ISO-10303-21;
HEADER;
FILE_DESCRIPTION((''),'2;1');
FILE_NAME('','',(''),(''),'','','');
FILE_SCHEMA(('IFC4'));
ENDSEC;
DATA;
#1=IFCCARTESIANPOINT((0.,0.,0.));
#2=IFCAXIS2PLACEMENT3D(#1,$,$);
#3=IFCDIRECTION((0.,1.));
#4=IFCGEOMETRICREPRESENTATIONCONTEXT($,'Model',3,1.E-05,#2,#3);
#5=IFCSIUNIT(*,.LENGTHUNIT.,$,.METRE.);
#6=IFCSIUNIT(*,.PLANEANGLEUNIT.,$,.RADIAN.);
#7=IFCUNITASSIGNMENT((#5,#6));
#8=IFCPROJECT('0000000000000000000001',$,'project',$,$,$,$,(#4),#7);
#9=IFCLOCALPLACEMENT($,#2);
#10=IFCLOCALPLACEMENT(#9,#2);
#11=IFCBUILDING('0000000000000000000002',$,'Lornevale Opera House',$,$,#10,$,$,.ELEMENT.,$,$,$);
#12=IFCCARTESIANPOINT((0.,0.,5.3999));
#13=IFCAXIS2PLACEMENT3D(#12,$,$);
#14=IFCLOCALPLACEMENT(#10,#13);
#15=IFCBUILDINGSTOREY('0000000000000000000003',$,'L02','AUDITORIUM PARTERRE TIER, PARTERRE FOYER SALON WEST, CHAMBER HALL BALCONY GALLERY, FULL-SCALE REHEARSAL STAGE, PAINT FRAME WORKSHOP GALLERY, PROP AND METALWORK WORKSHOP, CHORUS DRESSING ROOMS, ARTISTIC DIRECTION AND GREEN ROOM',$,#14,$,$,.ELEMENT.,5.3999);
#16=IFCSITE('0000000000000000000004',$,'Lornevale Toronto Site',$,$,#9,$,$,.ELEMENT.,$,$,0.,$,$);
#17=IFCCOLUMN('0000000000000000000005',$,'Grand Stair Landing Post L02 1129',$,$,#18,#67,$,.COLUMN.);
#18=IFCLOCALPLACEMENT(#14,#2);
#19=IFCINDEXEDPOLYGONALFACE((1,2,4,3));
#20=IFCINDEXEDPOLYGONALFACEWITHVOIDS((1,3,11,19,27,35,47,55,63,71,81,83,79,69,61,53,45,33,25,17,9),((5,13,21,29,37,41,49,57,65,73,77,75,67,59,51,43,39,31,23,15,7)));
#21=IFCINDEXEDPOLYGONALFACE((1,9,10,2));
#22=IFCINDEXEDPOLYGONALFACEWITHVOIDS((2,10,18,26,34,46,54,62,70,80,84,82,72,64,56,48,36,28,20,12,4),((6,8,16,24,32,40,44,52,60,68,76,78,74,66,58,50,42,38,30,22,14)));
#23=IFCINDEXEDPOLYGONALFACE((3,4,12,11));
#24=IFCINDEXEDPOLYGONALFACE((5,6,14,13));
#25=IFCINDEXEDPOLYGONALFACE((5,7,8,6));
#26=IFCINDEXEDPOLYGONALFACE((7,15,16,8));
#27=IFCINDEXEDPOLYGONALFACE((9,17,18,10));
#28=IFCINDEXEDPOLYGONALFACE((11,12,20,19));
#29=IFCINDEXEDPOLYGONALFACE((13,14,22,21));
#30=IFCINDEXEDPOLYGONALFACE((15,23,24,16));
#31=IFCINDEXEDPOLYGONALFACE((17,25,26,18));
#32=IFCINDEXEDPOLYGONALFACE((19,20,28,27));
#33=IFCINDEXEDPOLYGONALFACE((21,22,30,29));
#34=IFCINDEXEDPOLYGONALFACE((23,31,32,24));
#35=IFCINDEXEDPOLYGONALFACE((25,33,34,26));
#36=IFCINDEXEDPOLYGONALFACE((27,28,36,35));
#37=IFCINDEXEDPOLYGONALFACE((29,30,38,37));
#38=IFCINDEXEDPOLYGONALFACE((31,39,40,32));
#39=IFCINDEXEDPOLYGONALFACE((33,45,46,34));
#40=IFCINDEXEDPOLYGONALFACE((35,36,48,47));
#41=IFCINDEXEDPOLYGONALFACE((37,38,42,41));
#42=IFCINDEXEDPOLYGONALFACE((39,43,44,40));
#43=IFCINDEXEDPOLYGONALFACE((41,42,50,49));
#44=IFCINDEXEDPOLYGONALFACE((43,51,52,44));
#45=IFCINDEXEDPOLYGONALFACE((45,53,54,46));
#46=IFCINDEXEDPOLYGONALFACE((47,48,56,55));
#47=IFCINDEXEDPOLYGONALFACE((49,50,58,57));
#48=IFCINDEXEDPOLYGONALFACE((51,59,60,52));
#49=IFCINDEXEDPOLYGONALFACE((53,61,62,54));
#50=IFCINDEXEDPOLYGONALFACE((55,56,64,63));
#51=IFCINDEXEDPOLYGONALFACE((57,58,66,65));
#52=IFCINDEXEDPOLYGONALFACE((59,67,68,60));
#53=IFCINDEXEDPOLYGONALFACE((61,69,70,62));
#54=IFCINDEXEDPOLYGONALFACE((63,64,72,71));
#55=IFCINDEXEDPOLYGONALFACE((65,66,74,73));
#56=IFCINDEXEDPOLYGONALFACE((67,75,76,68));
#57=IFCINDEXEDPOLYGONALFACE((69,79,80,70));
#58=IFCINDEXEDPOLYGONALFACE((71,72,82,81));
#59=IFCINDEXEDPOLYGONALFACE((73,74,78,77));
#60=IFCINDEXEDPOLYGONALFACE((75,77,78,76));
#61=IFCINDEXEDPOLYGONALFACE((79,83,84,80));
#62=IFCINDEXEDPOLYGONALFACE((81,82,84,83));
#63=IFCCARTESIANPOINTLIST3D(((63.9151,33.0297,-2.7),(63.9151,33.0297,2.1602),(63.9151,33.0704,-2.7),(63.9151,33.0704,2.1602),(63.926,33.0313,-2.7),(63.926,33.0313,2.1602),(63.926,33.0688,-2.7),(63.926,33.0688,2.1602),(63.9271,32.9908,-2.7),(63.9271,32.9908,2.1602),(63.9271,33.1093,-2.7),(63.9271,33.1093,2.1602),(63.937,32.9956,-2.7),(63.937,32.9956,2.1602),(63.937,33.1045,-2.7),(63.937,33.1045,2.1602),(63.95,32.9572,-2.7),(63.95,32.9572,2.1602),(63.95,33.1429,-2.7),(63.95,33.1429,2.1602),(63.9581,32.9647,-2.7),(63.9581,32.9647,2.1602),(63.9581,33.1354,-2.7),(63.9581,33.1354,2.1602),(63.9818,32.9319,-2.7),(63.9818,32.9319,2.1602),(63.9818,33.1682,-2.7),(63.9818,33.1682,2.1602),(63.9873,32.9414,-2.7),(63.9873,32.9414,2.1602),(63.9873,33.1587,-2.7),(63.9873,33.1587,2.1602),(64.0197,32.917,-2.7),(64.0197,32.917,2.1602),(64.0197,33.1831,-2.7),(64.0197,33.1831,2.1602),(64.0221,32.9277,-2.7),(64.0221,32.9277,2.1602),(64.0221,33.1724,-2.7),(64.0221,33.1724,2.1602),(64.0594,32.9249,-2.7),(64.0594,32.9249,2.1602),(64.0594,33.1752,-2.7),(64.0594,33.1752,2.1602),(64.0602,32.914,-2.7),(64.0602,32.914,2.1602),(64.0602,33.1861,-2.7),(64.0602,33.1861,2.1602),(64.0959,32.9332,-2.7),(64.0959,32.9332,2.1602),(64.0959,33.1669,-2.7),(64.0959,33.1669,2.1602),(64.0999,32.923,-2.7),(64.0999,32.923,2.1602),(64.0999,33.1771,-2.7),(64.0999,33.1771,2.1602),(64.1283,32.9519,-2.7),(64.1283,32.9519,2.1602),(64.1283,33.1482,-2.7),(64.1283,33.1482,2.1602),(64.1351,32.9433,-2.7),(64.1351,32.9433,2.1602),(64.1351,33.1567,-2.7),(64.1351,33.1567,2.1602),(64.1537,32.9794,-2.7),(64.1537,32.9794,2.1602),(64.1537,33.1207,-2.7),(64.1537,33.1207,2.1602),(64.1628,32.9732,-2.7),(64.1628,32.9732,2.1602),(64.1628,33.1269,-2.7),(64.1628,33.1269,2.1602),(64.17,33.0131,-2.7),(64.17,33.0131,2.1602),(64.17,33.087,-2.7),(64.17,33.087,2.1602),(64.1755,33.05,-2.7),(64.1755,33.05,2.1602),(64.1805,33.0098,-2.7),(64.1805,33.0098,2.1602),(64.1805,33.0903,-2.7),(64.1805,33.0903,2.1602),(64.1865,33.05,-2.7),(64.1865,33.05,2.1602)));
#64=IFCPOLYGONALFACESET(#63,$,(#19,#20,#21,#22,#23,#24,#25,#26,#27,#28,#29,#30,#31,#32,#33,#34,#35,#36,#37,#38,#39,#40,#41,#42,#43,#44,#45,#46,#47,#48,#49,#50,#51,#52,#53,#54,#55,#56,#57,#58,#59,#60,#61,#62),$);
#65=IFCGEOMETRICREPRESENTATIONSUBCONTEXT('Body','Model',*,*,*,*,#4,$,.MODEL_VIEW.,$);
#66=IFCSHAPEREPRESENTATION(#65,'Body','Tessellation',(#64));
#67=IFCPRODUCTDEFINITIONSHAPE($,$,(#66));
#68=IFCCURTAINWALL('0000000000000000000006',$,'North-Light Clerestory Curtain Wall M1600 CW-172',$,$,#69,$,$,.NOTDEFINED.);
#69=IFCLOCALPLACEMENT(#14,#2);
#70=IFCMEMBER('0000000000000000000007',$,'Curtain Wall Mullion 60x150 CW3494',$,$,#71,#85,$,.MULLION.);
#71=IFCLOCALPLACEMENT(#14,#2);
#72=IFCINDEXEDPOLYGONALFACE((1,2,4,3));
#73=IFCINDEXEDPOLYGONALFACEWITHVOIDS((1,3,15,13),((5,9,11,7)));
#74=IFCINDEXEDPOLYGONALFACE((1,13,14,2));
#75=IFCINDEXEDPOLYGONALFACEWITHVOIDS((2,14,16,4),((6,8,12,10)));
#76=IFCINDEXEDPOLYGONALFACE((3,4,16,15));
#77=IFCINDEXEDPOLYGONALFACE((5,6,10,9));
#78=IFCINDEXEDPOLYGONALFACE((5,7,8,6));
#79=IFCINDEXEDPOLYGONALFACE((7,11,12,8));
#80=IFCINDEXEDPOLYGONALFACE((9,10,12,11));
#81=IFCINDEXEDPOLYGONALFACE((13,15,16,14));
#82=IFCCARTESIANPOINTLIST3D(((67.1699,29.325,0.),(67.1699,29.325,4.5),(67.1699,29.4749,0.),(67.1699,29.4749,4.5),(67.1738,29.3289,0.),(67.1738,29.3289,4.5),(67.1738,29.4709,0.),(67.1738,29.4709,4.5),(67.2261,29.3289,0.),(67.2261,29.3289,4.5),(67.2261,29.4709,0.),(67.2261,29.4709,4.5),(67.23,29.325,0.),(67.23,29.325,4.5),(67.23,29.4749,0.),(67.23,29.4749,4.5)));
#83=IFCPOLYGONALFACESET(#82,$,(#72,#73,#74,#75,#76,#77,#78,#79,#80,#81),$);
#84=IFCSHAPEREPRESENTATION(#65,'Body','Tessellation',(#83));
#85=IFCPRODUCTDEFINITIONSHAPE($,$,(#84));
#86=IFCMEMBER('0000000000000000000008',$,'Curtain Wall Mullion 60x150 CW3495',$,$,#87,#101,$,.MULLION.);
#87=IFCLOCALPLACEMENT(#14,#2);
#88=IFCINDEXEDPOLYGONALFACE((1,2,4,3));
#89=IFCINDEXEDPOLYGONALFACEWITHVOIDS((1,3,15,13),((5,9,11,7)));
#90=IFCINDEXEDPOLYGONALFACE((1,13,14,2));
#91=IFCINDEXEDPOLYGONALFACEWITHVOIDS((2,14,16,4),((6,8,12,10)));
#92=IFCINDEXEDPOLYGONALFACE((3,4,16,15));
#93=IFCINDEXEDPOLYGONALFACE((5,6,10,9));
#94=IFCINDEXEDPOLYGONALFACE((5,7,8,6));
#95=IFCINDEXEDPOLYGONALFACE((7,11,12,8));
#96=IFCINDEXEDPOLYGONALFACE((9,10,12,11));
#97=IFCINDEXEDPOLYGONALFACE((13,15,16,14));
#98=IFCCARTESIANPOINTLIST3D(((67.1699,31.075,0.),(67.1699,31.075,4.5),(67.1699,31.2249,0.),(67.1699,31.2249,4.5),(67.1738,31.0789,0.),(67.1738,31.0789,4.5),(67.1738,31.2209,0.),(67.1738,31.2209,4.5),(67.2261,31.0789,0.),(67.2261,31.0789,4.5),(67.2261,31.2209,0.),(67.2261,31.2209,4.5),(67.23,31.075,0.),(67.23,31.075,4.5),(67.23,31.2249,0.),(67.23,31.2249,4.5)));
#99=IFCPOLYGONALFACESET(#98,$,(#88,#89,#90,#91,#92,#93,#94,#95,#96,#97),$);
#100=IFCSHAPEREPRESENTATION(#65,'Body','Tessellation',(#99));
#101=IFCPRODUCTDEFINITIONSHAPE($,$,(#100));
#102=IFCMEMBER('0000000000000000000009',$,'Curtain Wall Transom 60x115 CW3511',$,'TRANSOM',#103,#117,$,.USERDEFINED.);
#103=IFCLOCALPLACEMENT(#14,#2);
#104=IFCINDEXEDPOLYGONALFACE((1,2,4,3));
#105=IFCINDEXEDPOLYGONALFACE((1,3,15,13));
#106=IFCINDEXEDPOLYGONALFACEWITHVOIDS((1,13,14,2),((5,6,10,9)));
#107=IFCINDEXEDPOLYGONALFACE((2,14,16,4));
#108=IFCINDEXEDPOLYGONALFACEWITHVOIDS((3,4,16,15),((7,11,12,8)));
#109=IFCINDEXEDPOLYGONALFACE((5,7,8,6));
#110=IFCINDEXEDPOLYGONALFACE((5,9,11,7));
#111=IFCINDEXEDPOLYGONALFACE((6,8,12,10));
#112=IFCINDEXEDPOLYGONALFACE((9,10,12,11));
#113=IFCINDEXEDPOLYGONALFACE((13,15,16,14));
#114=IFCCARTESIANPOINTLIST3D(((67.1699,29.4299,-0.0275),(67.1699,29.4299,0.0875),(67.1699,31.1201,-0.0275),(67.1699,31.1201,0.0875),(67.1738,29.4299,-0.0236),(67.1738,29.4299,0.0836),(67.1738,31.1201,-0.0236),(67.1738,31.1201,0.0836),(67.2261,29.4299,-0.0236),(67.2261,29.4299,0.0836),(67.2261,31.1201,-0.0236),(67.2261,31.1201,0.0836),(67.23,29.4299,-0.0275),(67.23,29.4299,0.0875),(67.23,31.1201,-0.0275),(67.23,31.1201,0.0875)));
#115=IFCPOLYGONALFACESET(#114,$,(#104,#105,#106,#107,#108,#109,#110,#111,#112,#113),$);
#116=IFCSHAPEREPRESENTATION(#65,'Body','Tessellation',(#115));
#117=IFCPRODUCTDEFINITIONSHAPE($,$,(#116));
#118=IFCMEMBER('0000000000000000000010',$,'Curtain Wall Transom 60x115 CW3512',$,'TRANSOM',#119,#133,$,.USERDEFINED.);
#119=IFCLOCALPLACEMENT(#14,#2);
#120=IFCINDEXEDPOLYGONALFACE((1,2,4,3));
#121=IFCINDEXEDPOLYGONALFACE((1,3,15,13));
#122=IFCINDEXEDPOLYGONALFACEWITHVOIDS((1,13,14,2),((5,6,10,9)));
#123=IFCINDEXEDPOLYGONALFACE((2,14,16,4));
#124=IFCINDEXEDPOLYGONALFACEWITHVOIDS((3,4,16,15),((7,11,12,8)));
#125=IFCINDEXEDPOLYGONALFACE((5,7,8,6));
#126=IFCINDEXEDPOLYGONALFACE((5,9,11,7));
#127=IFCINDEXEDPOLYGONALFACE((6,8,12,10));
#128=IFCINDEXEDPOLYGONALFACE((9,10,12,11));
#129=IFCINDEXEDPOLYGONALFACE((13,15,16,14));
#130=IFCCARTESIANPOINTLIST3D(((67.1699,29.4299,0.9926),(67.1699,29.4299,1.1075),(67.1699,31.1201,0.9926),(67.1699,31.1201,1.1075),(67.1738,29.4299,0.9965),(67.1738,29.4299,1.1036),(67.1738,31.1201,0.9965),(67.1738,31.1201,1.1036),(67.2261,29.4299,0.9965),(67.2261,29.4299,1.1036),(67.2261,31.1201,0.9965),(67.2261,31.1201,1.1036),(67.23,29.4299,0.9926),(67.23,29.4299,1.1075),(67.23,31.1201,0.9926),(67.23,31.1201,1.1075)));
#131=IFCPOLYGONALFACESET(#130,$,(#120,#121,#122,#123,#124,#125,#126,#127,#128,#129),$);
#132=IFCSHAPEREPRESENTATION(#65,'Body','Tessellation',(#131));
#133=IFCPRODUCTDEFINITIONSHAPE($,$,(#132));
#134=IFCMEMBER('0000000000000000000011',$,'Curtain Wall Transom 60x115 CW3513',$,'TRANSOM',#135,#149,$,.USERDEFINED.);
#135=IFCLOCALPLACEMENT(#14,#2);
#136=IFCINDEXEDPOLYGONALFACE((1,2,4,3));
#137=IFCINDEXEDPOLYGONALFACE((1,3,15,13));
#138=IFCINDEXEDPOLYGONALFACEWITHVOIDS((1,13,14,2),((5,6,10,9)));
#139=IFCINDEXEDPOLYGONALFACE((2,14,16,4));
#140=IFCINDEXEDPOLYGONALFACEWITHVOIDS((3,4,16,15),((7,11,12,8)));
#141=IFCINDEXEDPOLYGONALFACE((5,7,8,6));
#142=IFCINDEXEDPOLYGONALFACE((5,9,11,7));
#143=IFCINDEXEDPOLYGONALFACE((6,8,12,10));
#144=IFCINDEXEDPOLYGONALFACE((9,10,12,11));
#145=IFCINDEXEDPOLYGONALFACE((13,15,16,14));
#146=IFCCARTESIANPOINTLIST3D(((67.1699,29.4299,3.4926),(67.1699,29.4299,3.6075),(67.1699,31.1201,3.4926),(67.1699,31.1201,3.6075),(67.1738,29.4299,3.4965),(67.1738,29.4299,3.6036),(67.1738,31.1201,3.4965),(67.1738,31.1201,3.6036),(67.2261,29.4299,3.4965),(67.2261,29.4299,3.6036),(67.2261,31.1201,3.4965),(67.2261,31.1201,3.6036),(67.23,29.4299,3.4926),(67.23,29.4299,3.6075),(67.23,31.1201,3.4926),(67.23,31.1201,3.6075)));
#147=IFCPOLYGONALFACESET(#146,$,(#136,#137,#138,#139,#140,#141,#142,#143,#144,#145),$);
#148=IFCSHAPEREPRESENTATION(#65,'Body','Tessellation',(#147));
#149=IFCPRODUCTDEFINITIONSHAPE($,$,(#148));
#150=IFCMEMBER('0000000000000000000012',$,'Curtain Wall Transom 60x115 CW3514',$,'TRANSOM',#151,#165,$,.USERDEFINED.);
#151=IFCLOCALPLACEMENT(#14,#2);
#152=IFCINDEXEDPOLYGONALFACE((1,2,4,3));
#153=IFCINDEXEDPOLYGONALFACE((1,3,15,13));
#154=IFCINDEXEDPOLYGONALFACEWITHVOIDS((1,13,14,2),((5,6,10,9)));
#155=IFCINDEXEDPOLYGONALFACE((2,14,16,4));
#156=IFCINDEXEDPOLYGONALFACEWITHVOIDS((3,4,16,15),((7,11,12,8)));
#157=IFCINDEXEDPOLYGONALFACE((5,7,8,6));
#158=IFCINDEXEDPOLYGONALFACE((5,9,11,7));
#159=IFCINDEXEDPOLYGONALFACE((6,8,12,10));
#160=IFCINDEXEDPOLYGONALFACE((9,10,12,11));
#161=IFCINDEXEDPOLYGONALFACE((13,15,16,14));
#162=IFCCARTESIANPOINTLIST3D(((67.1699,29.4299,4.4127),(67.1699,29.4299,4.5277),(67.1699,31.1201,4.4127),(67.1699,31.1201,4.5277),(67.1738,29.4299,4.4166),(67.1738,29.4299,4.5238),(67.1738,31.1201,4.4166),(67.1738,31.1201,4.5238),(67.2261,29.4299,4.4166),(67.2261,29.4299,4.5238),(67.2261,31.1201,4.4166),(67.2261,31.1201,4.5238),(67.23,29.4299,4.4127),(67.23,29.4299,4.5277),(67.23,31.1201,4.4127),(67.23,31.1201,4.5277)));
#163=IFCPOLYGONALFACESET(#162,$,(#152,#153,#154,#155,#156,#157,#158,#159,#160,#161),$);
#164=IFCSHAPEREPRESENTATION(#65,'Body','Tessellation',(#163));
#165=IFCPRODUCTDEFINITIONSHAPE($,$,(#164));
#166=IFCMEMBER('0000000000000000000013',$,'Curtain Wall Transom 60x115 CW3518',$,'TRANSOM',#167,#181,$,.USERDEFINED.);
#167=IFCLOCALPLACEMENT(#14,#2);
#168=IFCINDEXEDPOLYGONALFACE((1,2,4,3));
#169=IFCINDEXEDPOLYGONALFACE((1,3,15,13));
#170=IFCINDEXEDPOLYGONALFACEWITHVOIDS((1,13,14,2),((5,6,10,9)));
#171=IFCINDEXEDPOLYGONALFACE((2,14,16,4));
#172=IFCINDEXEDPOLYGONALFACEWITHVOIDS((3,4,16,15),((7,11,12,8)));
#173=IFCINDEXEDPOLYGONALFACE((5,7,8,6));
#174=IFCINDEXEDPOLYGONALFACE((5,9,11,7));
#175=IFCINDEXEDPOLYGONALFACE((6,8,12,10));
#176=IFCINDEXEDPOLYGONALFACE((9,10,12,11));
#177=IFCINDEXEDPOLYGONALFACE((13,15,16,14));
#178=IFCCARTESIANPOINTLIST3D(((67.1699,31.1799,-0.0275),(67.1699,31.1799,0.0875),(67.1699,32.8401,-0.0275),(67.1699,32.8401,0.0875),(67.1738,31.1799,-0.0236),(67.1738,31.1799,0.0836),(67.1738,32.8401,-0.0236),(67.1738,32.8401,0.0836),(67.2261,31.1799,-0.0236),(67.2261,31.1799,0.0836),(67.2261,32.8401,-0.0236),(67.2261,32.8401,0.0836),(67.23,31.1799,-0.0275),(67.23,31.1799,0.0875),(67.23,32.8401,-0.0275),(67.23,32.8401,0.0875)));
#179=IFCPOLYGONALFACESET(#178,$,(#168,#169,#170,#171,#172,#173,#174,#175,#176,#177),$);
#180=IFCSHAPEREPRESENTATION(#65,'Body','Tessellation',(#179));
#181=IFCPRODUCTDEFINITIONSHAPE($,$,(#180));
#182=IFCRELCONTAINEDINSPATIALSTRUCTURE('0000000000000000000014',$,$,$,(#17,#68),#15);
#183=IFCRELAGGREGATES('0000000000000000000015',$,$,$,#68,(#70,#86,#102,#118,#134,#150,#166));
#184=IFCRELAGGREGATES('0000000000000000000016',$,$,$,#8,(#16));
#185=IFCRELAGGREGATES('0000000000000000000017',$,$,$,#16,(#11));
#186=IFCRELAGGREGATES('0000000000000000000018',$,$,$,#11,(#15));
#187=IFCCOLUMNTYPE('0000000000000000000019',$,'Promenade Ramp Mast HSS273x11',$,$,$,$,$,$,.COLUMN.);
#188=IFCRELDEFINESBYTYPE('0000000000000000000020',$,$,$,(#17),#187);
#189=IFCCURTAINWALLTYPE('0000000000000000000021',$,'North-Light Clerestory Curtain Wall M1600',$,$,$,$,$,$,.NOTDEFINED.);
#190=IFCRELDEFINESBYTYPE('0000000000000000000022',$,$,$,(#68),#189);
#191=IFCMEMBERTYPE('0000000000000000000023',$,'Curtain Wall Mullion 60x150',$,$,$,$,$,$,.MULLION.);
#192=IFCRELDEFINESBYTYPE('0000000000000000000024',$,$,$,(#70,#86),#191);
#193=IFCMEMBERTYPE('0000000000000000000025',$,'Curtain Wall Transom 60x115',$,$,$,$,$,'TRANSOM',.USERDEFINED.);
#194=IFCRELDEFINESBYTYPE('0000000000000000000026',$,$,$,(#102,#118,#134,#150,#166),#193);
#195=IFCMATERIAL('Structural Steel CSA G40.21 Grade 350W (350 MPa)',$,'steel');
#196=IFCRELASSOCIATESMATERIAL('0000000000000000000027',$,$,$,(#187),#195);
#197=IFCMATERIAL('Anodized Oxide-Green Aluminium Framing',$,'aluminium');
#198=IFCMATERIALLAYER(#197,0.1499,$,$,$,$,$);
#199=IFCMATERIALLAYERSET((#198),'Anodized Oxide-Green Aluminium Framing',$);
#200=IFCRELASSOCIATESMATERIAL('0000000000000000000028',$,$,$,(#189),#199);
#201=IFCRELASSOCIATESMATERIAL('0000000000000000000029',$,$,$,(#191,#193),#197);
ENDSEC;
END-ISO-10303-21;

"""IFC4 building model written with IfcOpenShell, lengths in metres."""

from ifc_helpers import new_model, si_unit, direction, frame, origin, origin_2d, place, context, subcontext, project, spatial, hollow_rectangle, hollow_circle, extrude, material, layer, layer_set, material_profile, profile_set, type_object, element, aggregate, save


model = new_model("IFC4")

# Units and contexts
model_context = context("Model", 3, precision=1e-05, world=origin(), true_north=direction((0.0, 1.0)))
body_context = subcontext(model_context, "Body", "Model", "MODEL_VIEW")
ifc_project = project(units=[si_unit("LENGTHUNIT", "METRE"), si_unit("PLANEANGLEUNIT", "RADIAN")], contexts=[model_context])

# Site, building, storey
site_placement = place(None, origin())
site = spatial("IfcSite", under=ifc_project, at=site_placement, Name="Lornevale Toronto Site", CompositionType="ELEMENT", RefElevation=0.0)
building_placement = place(site_placement, origin())
building = spatial("IfcBuilding", under=site, at=building_placement, Name="Lornevale Opera House", CompositionType="ELEMENT")
storey_placement = place(building_placement, frame((0.0, 0.0, 5.3999)))
storey = spatial("IfcBuildingStorey", under=building, at=storey_placement, Name="L02", Description="AUDITORIUM PARTERRE TIER, PARTERRE FOYER SALON WEST, CHAMBER HALL BALCONY GALLERY, FULL-SCALE REHEARSAL STAGE, PAINT FRAME WORKSHOP GALLERY, PROP AND METALWORK WORKSHOP, CHORUS DRESSING ROOMS, ARTISTIC DIRECTION AND GREEN ROOM", CompositionType="ELEMENT", Elevation=5.3999)

# Column
ifc_material_1 = material(Name="Structural Steel CSA G40.21 Grade 350W (350 MPa)", Category="steel")
ifc_material_profile_1 = material_profile(ifc_material_1, hollow_circle(Radius=0.1365, WallThickness=0.011, at=origin_2d()), Name="HSS273x11")
ifc_profile_set_1 = profile_set([ifc_material_profile_1], Name="Structural Steel CSA G40.21 Grade 350W (350 MPa)")
column_type = type_object("IfcColumnType", Name="Promenade Ramp Mast HSS273x11", PredefinedType="COLUMN", material=ifc_profile_set_1)
column_placement = place(storey_placement, frame((64.05, 33.05, -2.7), z_axis=(0.0, 0.0, 1.0), x_axis=(1.0, 0.0, 0.0)))
element("IfcColumn", 1, at=column_placement, inside=storey, type_object=column_type, Name="Grand Stair Landing Post L02 1129", PredefinedType="COLUMN", context=body_context, shape_type="SweptSolid", body=[
    extrude(hollow_circle(Radius=0.1365, WallThickness=0.011, at=origin_2d()), origin(), (0.0, 0.0, 1.0), 4.8601),
])

# Curtain wall, members
ifc_material_2 = material(Name="Anodized Oxide-Green Aluminium Framing", Category="aluminium")
ifc_layer_1 = layer(ifc_material_2, 0.1499)
ifc_layer_set_1 = layer_set([ifc_layer_1], Name="Anodized Oxide-Green Aluminium Framing")
curtain_wall_type = type_object("IfcCurtainWallType", Name="North-Light Clerestory Curtain Wall M1600", PredefinedType="NOTDEFINED", material=ifc_layer_set_1)
curtain_wall_placement = place(storey_placement, origin())
curtain_wall = element("IfcCurtainWall", 2, at=curtain_wall_placement, inside=storey, type_object=curtain_wall_type, Name="North-Light Clerestory Curtain Wall M1600 CW-172", PredefinedType="NOTDEFINED")
ifc_material_profile_2 = material_profile(ifc_material_2, hollow_rectangle(XDim=0.0601, YDim=0.1499, WallThickness=0.0039, at=origin_2d()), Name="ALU60x150x4")
ifc_profile_set_2 = profile_set([ifc_material_profile_2], Name="Anodized Oxide-Green Aluminium Framing")
member_type_1 = type_object("IfcMemberType", Name="Curtain Wall Mullion 60x150", PredefinedType="MULLION", material=ifc_profile_set_2)
member_1_placement = place(storey_placement, frame((67.2, 29.3999, 0.0), z_axis=(0.0, 0.0, 1.0), x_axis=(-1.0, 0.0, 0.0)))
member_1 = element("IfcMember", 3, at=member_1_placement, type_object=member_type_1, Name="Curtain Wall Mullion 60x150 CW3494", PredefinedType="MULLION", context=body_context, shape_type="SweptSolid", body=[
    extrude(hollow_rectangle(XDim=0.0601, YDim=0.1499, WallThickness=0.0039, at=origin_2d()), origin(), (0.0, 0.0, 1.0), 4.5),
])
member_2_placement = place(storey_placement, frame((67.2, 31.1499, 0.0), z_axis=(0.0, 0.0, 1.0), x_axis=(-1.0, 0.0, 0.0)))
member_2 = element("IfcMember", 4, at=member_2_placement, type_object=member_type_1, Name="Curtain Wall Mullion 60x150 CW3495", PredefinedType="MULLION", context=body_context, shape_type="SweptSolid", body=[
    extrude(hollow_rectangle(XDim=0.0601, YDim=0.1499, WallThickness=0.0039, at=origin_2d()), origin(), (0.0, 0.0, 1.0), 4.5),
])
ifc_material_profile_3 = material_profile(ifc_material_2, hollow_rectangle(XDim=0.0601, YDim=0.115, WallThickness=0.0039, at=origin_2d()), Name="ALU60x115x4")
ifc_profile_set_3 = profile_set([ifc_material_profile_3], Name="Anodized Oxide-Green Aluminium Framing")
member_type_2 = type_object("IfcMemberType", Name="Curtain Wall Transom 60x115", ElementType="TRANSOM", PredefinedType="USERDEFINED", material=ifc_profile_set_3)
member_3_placement = place(storey_placement, frame((67.2, 29.4299, 0.03), z_axis=(0.0, 1.0, 0.0), x_axis=(-1.0, 0.0, 0.0)))
member_3 = element("IfcMember", 5, at=member_3_placement, type_object=member_type_2, Name="Curtain Wall Transom 60x115 CW3511", ObjectType="TRANSOM", PredefinedType="USERDEFINED", context=body_context, shape_type="SweptSolid", body=[
    extrude(hollow_rectangle(XDim=0.0601, YDim=0.115, WallThickness=0.0039, at=origin_2d()), origin(), (0.0, 0.0, 1.0), 1.6902),
])
member_4_placement = place(storey_placement, frame((67.2, 29.4299, 1.05), z_axis=(0.0, 1.0, 0.0), x_axis=(-1.0, 0.0, 0.0)))
member_4 = element("IfcMember", 6, at=member_4_placement, type_object=member_type_2, Name="Curtain Wall Transom 60x115 CW3512", ObjectType="TRANSOM", PredefinedType="USERDEFINED", context=body_context, shape_type="SweptSolid", body=[
    extrude(hollow_rectangle(XDim=0.0601, YDim=0.115, WallThickness=0.0039, at=origin_2d()), origin(), (0.0, 0.0, 1.0), 1.6902),
])
member_5_placement = place(storey_placement, frame((67.2, 29.4299, 3.55), z_axis=(0.0, 1.0, 0.0), x_axis=(-1.0, 0.0, 0.0)))
member_5 = element("IfcMember", 7, at=member_5_placement, type_object=member_type_2, Name="Curtain Wall Transom 60x115 CW3513", ObjectType="TRANSOM", PredefinedType="USERDEFINED", context=body_context, shape_type="SweptSolid", body=[
    extrude(hollow_rectangle(XDim=0.0601, YDim=0.115, WallThickness=0.0039, at=origin_2d()), origin(), (0.0, 0.0, 1.0), 1.6902),
])
member_6_placement = place(storey_placement, frame((67.2, 29.4299, 4.4702), z_axis=(0.0, 1.0, 0.0), x_axis=(-1.0, 0.0, 0.0)))
member_6 = element("IfcMember", 8, at=member_6_placement, type_object=member_type_2, Name="Curtain Wall Transom 60x115 CW3514", ObjectType="TRANSOM", PredefinedType="USERDEFINED", context=body_context, shape_type="SweptSolid", body=[
    extrude(hollow_rectangle(XDim=0.0601, YDim=0.115, WallThickness=0.0039, at=origin_2d()), origin(), (0.0, 0.0, 1.0), 1.6902),
])
member_7_placement = place(storey_placement, frame((67.2, 31.1799, 0.03), z_axis=(0.0, 1.0, 0.0), x_axis=(-1.0, 0.0, 0.0)))
member_7 = element("IfcMember", 9, at=member_7_placement, type_object=member_type_2, Name="Curtain Wall Transom 60x115 CW3518", ObjectType="TRANSOM", PredefinedType="USERDEFINED", context=body_context, shape_type="SweptSolid", body=[
    extrude(hollow_rectangle(XDim=0.0601, YDim=0.115, WallThickness=0.0039, at=origin_2d()), origin(), (0.0, 0.0, 1.0), 1.6602),
])
aggregate(curtain_wall, [member_1, member_2, member_3, member_4, member_5, member_6, member_7])

save(model, "model.ifc")
